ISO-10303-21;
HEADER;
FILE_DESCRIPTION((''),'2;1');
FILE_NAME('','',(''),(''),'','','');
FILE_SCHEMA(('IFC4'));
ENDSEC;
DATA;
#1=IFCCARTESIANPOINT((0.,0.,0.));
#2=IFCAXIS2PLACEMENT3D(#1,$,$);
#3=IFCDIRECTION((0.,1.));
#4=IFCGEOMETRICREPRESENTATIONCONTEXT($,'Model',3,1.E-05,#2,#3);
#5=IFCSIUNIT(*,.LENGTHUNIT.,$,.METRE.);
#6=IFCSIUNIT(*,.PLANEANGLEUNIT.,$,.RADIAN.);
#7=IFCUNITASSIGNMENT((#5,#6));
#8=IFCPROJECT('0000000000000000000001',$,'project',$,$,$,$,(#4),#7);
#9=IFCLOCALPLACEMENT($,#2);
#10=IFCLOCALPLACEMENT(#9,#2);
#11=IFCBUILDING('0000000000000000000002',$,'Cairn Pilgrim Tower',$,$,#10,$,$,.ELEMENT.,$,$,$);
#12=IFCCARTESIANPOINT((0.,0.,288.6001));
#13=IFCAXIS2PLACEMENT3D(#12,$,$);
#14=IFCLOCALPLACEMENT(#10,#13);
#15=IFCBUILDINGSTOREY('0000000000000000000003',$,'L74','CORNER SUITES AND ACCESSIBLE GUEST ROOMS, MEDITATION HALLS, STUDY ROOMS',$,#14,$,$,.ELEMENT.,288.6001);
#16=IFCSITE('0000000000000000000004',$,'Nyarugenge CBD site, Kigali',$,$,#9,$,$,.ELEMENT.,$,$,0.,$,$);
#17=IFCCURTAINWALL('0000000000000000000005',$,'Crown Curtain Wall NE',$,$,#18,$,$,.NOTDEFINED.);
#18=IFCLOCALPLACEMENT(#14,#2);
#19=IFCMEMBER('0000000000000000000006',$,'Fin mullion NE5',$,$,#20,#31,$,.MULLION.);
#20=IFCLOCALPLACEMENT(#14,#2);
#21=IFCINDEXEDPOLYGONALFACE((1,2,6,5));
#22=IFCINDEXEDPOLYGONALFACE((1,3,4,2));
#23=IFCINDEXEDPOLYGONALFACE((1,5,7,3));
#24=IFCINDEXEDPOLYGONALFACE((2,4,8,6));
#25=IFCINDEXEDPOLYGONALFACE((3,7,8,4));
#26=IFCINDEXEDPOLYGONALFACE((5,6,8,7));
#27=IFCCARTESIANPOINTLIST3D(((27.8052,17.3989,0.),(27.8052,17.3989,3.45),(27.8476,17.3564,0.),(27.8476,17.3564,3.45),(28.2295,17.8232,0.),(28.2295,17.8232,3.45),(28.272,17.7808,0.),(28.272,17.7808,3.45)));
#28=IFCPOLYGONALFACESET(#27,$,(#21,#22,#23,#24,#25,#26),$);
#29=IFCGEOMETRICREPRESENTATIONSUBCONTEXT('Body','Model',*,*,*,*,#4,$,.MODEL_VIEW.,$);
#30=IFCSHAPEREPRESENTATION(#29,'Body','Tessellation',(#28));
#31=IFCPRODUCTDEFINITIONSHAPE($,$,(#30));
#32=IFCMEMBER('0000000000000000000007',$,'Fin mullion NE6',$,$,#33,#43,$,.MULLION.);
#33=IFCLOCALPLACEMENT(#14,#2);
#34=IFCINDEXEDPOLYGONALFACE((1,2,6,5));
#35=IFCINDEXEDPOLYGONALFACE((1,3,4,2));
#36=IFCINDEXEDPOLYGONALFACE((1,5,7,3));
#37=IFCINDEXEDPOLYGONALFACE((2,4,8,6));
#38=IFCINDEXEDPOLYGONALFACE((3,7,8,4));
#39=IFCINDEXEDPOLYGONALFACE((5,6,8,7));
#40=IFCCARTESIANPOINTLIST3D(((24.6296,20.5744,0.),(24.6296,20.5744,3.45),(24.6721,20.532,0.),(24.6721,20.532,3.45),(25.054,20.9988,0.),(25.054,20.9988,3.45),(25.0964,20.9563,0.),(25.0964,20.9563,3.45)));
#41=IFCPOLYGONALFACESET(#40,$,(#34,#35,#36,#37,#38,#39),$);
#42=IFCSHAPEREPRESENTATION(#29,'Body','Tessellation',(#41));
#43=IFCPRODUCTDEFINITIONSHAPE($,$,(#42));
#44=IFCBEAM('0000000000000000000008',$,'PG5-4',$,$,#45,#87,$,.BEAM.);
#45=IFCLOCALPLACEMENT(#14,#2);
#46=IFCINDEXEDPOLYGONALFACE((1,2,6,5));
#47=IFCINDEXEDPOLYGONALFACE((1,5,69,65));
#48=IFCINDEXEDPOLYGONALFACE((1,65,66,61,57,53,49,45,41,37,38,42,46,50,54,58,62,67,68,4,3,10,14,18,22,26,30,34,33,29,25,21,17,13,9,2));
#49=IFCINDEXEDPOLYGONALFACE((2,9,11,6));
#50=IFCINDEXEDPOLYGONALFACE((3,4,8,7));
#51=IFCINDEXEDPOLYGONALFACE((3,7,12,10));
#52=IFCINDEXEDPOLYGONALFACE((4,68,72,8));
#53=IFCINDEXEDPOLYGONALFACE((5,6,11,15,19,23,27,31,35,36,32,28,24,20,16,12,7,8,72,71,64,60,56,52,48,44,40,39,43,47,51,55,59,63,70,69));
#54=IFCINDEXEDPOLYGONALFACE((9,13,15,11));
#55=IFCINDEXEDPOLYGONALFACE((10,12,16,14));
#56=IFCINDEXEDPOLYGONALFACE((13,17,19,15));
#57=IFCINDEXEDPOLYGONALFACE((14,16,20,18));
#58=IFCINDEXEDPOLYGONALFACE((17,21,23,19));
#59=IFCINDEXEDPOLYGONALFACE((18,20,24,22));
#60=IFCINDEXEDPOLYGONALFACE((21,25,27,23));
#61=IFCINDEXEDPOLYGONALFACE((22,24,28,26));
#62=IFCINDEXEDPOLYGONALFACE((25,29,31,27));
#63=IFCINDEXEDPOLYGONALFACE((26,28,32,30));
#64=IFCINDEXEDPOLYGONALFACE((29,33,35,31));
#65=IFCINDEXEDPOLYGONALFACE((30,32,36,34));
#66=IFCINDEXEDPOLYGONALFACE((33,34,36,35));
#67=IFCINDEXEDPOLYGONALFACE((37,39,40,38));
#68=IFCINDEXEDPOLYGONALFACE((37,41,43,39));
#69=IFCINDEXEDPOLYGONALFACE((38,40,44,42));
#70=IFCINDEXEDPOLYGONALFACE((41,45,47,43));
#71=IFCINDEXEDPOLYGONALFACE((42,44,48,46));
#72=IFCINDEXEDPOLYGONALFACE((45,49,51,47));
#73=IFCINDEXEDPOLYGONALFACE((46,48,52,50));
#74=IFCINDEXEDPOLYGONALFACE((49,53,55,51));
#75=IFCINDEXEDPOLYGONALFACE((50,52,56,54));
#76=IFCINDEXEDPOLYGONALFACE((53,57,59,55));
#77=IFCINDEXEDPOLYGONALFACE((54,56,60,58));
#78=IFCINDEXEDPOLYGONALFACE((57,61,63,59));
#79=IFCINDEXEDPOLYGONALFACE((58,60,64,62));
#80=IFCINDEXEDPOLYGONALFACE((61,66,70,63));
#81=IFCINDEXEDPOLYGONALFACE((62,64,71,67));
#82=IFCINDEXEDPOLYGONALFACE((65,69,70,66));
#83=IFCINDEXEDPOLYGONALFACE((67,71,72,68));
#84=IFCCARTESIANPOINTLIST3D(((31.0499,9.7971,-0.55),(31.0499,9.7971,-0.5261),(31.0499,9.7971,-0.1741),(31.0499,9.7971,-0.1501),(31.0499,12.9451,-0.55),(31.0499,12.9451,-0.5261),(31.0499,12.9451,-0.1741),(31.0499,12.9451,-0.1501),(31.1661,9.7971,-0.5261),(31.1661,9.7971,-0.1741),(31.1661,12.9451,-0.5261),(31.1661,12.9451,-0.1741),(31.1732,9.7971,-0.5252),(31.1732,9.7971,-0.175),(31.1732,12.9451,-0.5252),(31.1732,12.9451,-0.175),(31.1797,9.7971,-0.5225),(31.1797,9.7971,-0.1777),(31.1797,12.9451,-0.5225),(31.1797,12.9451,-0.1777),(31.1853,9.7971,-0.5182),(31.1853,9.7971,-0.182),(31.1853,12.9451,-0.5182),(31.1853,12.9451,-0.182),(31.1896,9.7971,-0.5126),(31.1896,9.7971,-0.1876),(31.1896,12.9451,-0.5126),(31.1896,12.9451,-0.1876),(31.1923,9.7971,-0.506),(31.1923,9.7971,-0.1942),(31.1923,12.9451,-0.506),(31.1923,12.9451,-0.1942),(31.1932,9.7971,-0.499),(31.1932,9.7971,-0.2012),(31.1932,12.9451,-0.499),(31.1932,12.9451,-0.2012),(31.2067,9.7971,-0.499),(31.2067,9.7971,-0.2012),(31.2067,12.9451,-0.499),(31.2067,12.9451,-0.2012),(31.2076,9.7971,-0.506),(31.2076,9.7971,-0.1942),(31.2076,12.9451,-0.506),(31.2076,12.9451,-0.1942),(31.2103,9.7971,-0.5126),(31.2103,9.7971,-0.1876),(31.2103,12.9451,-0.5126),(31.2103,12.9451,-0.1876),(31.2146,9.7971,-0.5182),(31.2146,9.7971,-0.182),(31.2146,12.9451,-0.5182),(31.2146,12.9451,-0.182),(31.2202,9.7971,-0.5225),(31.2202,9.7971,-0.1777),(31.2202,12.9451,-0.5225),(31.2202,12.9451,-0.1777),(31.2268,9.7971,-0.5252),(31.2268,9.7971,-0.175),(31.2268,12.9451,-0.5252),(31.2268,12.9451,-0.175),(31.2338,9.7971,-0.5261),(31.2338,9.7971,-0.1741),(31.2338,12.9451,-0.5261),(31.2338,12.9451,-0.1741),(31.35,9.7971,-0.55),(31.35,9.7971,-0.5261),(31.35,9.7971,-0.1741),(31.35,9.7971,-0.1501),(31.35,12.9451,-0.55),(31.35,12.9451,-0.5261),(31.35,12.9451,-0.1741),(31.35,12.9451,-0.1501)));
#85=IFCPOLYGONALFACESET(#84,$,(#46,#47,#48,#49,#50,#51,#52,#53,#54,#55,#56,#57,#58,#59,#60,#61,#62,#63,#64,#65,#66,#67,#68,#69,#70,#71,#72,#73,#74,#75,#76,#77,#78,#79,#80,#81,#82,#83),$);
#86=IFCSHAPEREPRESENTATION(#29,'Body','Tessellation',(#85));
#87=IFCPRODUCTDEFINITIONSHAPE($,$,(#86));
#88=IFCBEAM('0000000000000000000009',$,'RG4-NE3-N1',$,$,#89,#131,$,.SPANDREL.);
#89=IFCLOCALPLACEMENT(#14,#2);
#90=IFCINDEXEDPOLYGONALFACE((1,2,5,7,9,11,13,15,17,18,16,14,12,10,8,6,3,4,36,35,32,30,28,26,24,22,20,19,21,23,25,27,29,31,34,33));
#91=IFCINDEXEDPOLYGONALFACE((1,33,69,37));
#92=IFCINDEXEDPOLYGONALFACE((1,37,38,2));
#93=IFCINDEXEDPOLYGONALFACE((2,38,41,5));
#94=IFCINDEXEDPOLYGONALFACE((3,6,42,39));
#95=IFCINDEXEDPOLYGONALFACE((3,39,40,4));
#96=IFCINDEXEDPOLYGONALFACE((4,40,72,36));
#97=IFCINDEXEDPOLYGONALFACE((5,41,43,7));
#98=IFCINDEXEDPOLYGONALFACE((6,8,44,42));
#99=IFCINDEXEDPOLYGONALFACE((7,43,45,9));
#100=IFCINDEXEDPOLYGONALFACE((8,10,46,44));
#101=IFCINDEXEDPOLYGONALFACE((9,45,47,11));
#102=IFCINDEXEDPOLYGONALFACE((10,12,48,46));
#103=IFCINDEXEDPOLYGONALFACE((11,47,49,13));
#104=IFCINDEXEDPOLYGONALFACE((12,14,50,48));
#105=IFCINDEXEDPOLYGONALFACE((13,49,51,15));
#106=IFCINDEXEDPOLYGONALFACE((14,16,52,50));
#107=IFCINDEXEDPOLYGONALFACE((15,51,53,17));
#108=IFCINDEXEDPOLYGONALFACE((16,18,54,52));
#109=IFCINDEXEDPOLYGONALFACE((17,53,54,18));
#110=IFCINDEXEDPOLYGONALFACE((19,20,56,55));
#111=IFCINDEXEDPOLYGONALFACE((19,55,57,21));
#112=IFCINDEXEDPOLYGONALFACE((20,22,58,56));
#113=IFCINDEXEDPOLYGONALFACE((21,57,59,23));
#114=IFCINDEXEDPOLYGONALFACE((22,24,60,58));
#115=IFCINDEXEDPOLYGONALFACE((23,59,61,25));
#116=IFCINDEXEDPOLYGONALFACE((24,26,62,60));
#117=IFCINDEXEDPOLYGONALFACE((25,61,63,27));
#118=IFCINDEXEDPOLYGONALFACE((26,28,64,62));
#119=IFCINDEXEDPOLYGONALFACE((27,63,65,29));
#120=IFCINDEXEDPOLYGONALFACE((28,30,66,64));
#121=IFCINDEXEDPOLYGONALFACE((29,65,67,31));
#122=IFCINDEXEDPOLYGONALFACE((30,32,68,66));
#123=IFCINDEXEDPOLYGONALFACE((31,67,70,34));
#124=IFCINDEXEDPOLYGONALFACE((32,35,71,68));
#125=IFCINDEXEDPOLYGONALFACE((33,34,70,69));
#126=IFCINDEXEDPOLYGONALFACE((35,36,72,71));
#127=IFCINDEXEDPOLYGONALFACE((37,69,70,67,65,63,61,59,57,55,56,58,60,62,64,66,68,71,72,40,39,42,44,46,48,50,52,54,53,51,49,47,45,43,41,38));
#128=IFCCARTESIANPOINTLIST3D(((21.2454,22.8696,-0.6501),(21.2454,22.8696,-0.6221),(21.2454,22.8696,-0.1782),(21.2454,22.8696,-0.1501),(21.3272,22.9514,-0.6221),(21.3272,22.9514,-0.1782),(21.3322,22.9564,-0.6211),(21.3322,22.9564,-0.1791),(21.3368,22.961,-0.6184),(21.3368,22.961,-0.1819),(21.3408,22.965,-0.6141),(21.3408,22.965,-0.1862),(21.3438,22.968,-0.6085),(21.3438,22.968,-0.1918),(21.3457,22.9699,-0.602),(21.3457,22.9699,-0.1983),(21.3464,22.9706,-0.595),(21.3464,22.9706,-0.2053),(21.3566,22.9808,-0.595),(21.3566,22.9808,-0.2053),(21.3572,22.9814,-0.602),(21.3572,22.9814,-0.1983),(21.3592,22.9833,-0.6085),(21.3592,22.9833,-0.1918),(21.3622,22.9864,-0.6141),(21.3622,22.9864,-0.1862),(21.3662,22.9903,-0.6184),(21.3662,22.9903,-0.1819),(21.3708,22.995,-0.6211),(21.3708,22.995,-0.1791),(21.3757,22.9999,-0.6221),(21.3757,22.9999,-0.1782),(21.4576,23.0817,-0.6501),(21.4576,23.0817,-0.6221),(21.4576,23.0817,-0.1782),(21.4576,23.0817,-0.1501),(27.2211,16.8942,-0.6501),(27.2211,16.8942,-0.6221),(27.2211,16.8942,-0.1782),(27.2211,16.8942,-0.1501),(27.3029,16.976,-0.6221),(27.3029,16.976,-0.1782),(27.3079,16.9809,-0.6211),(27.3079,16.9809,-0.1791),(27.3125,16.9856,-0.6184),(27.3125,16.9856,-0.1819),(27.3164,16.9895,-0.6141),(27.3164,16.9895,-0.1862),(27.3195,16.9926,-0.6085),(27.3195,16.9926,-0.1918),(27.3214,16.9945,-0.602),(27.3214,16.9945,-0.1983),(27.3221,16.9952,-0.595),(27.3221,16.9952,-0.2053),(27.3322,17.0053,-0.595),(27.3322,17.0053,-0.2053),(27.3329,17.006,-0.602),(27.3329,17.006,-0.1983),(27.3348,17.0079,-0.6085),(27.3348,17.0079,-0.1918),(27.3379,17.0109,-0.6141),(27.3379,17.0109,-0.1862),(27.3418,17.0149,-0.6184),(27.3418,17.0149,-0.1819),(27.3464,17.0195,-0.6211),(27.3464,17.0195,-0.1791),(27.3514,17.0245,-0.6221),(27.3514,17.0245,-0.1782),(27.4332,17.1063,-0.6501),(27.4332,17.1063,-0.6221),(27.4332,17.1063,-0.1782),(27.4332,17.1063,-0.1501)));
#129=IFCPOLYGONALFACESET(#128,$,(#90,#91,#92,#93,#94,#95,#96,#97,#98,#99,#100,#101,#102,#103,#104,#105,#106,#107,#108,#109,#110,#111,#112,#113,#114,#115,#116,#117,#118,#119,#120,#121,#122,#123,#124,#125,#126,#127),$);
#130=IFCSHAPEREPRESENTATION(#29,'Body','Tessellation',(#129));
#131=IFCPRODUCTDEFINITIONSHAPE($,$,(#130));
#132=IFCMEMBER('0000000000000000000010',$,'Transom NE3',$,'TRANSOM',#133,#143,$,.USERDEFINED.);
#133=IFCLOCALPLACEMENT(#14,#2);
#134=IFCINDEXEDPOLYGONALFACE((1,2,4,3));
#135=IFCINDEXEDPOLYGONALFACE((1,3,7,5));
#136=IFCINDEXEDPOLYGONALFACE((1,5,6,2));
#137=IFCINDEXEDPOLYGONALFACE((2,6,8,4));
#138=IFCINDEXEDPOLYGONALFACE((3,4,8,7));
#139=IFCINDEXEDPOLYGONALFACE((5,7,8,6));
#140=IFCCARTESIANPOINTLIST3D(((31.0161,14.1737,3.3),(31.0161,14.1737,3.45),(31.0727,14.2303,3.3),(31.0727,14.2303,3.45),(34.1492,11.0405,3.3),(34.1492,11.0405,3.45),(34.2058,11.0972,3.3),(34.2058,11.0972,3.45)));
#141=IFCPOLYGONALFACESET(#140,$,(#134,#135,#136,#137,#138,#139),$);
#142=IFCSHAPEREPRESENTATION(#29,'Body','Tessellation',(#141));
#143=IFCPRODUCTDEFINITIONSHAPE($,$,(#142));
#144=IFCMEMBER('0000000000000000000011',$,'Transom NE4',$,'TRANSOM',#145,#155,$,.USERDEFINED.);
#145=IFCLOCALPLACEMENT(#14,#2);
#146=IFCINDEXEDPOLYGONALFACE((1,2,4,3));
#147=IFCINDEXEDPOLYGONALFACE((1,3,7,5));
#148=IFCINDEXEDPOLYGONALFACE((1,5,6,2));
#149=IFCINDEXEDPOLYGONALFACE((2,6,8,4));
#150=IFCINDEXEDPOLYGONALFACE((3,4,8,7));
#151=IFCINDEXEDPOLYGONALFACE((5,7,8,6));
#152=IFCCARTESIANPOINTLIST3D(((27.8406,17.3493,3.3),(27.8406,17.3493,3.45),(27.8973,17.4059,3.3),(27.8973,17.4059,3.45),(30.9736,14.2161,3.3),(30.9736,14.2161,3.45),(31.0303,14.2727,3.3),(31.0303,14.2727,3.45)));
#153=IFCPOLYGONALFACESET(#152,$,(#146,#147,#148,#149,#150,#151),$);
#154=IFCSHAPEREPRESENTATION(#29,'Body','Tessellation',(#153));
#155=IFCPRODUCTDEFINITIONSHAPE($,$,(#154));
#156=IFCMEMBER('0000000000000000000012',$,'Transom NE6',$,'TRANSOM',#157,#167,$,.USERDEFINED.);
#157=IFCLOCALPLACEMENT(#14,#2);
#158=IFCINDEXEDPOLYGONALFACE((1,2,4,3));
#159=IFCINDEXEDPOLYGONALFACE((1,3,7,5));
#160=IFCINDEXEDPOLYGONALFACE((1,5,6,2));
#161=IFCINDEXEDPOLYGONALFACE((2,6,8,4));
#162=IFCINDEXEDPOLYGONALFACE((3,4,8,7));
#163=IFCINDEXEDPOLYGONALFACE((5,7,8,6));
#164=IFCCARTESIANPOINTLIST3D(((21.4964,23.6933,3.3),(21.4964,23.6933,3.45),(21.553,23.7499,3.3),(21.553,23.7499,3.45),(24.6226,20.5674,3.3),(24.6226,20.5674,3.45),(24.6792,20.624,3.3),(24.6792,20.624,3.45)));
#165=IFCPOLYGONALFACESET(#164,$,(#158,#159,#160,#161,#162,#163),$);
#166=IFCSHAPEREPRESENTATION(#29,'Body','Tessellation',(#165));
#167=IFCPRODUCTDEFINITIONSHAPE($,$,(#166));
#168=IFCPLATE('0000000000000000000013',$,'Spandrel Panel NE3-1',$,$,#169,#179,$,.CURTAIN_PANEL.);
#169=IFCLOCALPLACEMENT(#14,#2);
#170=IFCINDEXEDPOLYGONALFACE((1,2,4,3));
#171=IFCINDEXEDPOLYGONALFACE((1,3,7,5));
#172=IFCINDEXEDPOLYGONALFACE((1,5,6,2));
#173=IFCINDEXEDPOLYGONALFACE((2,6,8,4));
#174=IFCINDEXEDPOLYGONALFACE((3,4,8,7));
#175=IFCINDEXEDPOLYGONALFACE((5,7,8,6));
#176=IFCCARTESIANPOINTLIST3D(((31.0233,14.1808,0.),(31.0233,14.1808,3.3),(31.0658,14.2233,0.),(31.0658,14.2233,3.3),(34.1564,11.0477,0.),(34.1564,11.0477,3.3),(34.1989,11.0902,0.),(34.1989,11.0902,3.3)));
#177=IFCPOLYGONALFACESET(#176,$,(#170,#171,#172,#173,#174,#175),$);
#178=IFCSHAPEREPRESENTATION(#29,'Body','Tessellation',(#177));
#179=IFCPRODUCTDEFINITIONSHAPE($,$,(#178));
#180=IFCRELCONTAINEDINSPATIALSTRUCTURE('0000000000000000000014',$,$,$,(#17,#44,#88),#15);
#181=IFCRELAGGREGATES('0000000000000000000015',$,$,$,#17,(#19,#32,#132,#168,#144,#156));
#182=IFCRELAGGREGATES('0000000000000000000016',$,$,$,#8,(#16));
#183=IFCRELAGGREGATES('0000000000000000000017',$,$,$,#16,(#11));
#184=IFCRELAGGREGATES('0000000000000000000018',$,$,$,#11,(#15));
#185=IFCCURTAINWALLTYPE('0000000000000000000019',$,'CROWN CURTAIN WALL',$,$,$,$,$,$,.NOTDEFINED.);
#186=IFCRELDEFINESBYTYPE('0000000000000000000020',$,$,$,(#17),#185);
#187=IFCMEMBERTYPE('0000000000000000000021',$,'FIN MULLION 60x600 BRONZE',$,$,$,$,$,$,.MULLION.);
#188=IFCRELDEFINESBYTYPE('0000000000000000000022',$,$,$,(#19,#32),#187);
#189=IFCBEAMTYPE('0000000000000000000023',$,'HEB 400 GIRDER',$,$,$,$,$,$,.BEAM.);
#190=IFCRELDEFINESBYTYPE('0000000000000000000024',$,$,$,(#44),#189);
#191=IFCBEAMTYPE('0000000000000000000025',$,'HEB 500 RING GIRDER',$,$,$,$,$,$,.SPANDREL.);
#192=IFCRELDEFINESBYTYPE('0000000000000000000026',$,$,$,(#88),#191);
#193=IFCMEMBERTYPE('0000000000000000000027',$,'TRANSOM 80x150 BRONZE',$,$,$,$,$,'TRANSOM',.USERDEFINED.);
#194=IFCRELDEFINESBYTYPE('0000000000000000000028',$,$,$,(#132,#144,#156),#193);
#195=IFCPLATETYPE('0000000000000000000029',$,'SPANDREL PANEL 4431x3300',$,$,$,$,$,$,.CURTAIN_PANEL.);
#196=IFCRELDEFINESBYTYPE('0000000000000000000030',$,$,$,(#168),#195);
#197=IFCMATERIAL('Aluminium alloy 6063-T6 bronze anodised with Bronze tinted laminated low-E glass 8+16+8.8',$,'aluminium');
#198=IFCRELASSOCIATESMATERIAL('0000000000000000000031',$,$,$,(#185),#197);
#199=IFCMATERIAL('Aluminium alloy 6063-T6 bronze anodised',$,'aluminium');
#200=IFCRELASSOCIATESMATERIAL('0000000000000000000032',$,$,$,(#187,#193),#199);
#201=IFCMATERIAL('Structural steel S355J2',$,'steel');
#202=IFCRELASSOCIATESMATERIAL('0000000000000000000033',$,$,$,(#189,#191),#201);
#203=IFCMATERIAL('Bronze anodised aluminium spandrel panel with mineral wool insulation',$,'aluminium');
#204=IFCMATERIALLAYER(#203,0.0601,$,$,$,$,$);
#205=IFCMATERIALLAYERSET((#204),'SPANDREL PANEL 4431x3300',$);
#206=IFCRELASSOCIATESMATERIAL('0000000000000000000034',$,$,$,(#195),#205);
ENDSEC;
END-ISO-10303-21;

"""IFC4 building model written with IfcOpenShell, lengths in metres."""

from ifc_helpers import new_model, si_unit, direction, frame, origin, origin_2d, place, context, subcontext, project, spatial, rectangle, i_section, extrude, material, layer, layer_set, material_profile, profile_set, type_object, element, aggregate, save


model = new_model("IFC4")

# Units and contexts
model_context = context("Model", 3, precision=1e-05, world=origin(), true_north=direction((0.0, 1.0)))
body_context = subcontext(model_context, "Body", "Model", "MODEL_VIEW")
ifc_project = project(units=[si_unit("LENGTHUNIT", "METRE"), si_unit("PLANEANGLEUNIT", "RADIAN")], contexts=[model_context])

# Site, building, storey
site_placement = place(None, origin())
site = spatial("IfcSite", under=ifc_project, at=site_placement, Name="Nyarugenge CBD site, Kigali", CompositionType="ELEMENT", RefElevation=0.0)
building_placement = place(site_placement, origin())
building = spatial("IfcBuilding", under=site, at=building_placement, Name="Cairn Pilgrim Tower", CompositionType="ELEMENT")
storey_placement = place(building_placement, frame((0.0, 0.0, 288.6001)))
storey = spatial("IfcBuildingStorey", under=building, at=storey_placement, Name="L74", Description="CORNER SUITES AND ACCESSIBLE GUEST ROOMS, MEDITATION HALLS, STUDY ROOMS", CompositionType="ELEMENT", Elevation=288.6001)

# Shared definitions
ifc_material_1 = material(Name="Structural steel S355J2", Category="steel")

# Curtain wall, members
ifc_material_2 = material(Name="Aluminium alloy 6063-T6 bronze anodised with Bronze tinted laminated low-E glass 8+16+8.8", Category="aluminium")
curtain_wall_type = type_object("IfcCurtainWallType", Name="CROWN CURTAIN WALL", PredefinedType="NOTDEFINED", material=ifc_material_2)
curtain_wall_placement = place(storey_placement, origin())
curtain_wall = element("IfcCurtainWall", 1, at=curtain_wall_placement, inside=storey, type_object=curtain_wall_type, Name="Crown Curtain Wall NE", PredefinedType="NOTDEFINED")
ifc_material_3 = material(Name="Aluminium alloy 6063-T6 bronze anodised", Category="aluminium")
ifc_material_profile_1 = material_profile(ifc_material_3, rectangle(XDim=0.6001, YDim=0.0601, at=origin_2d()), Name="FIN MULLION 60x600 BRONZE")
ifc_profile_set_1 = profile_set([ifc_material_profile_1], Name="Aluminium alloy 6063-T6 bronze anodised")
member_type_1 = type_object("IfcMemberType", Name="FIN MULLION 60x600 BRONZE", PredefinedType="MULLION", material=ifc_profile_set_1)
member_1_placement = place(storey_placement, frame((28.0386, 17.5898, 0.0), z_axis=(0.0, 0.0, 1.0), x_axis=(0.707107, 0.707107, 0.0)))
member_1 = element("IfcMember", 2, at=member_1_placement, type_object=member_type_1, Name="Fin mullion NE5", PredefinedType="MULLION", context=body_context, shape_type="SweptSolid", body=[
    extrude(rectangle(XDim=0.6001, YDim=0.0601, at=origin_2d()), origin(), (0.0, 0.0, 1.0), 3.45),
])
member_2_placement = place(storey_placement, frame((24.863, 20.7654, 0.0), z_axis=(0.0, 0.0, 1.0), x_axis=(0.707107, 0.707107, 0.0)))
member_2 = element("IfcMember", 3, at=member_2_placement, type_object=member_type_1, Name="Fin mullion NE6", PredefinedType="MULLION", context=body_context, shape_type="SweptSolid", body=[
    extrude(rectangle(XDim=0.6001, YDim=0.0601, at=origin_2d()), origin(), (0.0, 0.0, 1.0), 3.45),
])

# Beams
ifc_material_profile_2 = material_profile(ifc_material_1, i_section(OverallWidth=0.3, OverallDepth=0.3999, WebThickness=0.0134, FlangeThickness=0.0239, FilletRadius=0.0271, at=origin_2d()), Name="HEB 400")
ifc_profile_set_2 = profile_set([ifc_material_profile_2], Name="Structural steel S355J2")
beam_type_1 = type_object("IfcBeamType", Name="HEB 400 GIRDER", PredefinedType="BEAM", material=ifc_profile_set_2)
beam_1_placement = place(storey_placement, frame((31.2, 9.7971, -0.3501), z_axis=(0.0, 1.0, 0.0), x_axis=(-1.0, 0.0, 0.0)))
element("IfcBeam", 4, at=beam_1_placement, inside=storey, type_object=beam_type_1, Name="PG5-4", PredefinedType="BEAM", context=body_context, shape_type="SweptSolid", body=[
    extrude(i_section(OverallWidth=0.3, OverallDepth=0.3999, WebThickness=0.0134, FlangeThickness=0.0239, FilletRadius=0.0271, at=origin_2d()), origin(), (0.0, 0.0, 1.0), 3.1479),
])
ifc_material_profile_3 = material_profile(ifc_material_1, i_section(OverallWidth=0.3, OverallDepth=0.5, WebThickness=0.0144, FlangeThickness=0.0281, FilletRadius=0.0271, at=origin_2d()), Name="HEB 500")
ifc_profile_set_3 = profile_set([ifc_material_profile_3], Name="Structural steel S355J2")
beam_type_2 = type_object("IfcBeamType", Name="HEB 500 RING GIRDER", PredefinedType="SPANDREL", material=ifc_profile_set_3)
beam_2_placement = place(storey_placement, frame((27.3271, 17.0002, -0.4001), z_axis=(-0.707121, 0.707092, 0.0), x_axis=(-0.707092, -0.707121, 0.0)))
element("IfcBeam", 5, at=beam_2_placement, inside=storey, type_object=beam_type_2, Name="RG4-NE3-N1", PredefinedType="SPANDREL", context=body_context, shape_type="SweptSolid", body=[
    extrude(i_section(OverallWidth=0.3, OverallDepth=0.5, WebThickness=0.0144, FlangeThickness=0.0281, FilletRadius=0.0271, at=origin_2d()), origin(), (0.0, 0.0, 1.0), 8.4507),
])

# Members
ifc_material_profile_4 = material_profile(ifc_material_3, rectangle(XDim=0.0801, YDim=0.1499, at=origin_2d()), Name="TRANSOM 80x150 BRONZE")
ifc_profile_set_4 = profile_set([ifc_material_profile_4], Name="Aluminium alloy 6063-T6 bronze anodised")
member_type_2 = type_object("IfcMemberType", Name="TRANSOM 80x150 BRONZE", ElementType="TRANSOM", PredefinedType="USERDEFINED", material=ifc_profile_set_4)
member_3_placement = place(storey_placement, frame((34.1775, 11.0688, 3.375), z_axis=(-0.707107, 0.707107, 0.0), x_axis=(-0.707107, -0.707107, 0.0)))
member_3 = element("IfcMember", 6, at=member_3_placement, type_object=member_type_2, Name="Transom NE3", ObjectType="TRANSOM", PredefinedType="USERDEFINED", context=body_context, shape_type="SweptSolid", body=[
    extrude(rectangle(XDim=0.0801, YDim=0.1499, at=origin_2d()), origin(), (0.0, 0.0, 1.0), 4.4309),
])
member_4_placement = place(storey_placement, frame((31.002, 14.2444, 3.375), z_axis=(-0.707079, 0.707134, 0.0), x_axis=(-0.707134, -0.707079, 0.0)))
member_4 = element("IfcMember", 7, at=member_4_placement, type_object=member_type_2, Name="Transom NE4", ObjectType="TRANSOM", PredefinedType="USERDEFINED", context=body_context, shape_type="SweptSolid", body=[
    extrude(rectangle(XDim=0.0801, YDim=0.1499, at=origin_2d()), origin(), (0.0, 0.0, 1.0), 4.4309),
])
member_5_placement = place(storey_placement, frame((24.6509, 20.5957, 3.375), z_axis=(-0.707134, 0.707079, 0.0), x_axis=(-0.707079, -0.707134, 0.0)))
member_5 = element("IfcMember", 8, at=member_5_placement, type_object=member_type_2, Name="Transom NE6", ObjectType="TRANSOM", PredefinedType="USERDEFINED", context=body_context, shape_type="SweptSolid", body=[
    extrude(rectangle(XDim=0.0801, YDim=0.1499, at=origin_2d()), origin(), (0.0, 0.0, 1.0), 4.4209),
])

# Plate
ifc_material_4 = material(Name="Bronze anodised aluminium spandrel panel with mineral wool insulation", Category="aluminium")
ifc_layer_1 = layer(ifc_material_4, 0.0601)
ifc_layer_set_1 = layer_set([ifc_layer_1], Name="SPANDREL PANEL 4431x3300")
plate_type = type_object("IfcPlateType", Name="SPANDREL PANEL 4431x3300", PredefinedType="CURTAIN_PANEL", material=ifc_layer_set_1)
plate_1_placement = place(storey_placement, frame((32.6111, 12.6355, 0.0), z_axis=(0.0, 0.0, 1.0), x_axis=(-0.707107, 0.707107, 0.0)))
plate_1 = element("IfcPlate", 9, at=plate_1_placement, type_object=plate_type, Name="Spandrel Panel NE3-1", PredefinedType="CURTAIN_PANEL", context=body_context, shape_type="SweptSolid", body=[
    extrude(rectangle(XDim=4.4309, YDim=0.0601, at=origin_2d()), origin(), (0.0, 0.0, 1.0), 3.3),
])
aggregate(curtain_wall, [member_1, member_2, member_3, plate_1, member_4, member_5])

save(model, "model.ifc")
